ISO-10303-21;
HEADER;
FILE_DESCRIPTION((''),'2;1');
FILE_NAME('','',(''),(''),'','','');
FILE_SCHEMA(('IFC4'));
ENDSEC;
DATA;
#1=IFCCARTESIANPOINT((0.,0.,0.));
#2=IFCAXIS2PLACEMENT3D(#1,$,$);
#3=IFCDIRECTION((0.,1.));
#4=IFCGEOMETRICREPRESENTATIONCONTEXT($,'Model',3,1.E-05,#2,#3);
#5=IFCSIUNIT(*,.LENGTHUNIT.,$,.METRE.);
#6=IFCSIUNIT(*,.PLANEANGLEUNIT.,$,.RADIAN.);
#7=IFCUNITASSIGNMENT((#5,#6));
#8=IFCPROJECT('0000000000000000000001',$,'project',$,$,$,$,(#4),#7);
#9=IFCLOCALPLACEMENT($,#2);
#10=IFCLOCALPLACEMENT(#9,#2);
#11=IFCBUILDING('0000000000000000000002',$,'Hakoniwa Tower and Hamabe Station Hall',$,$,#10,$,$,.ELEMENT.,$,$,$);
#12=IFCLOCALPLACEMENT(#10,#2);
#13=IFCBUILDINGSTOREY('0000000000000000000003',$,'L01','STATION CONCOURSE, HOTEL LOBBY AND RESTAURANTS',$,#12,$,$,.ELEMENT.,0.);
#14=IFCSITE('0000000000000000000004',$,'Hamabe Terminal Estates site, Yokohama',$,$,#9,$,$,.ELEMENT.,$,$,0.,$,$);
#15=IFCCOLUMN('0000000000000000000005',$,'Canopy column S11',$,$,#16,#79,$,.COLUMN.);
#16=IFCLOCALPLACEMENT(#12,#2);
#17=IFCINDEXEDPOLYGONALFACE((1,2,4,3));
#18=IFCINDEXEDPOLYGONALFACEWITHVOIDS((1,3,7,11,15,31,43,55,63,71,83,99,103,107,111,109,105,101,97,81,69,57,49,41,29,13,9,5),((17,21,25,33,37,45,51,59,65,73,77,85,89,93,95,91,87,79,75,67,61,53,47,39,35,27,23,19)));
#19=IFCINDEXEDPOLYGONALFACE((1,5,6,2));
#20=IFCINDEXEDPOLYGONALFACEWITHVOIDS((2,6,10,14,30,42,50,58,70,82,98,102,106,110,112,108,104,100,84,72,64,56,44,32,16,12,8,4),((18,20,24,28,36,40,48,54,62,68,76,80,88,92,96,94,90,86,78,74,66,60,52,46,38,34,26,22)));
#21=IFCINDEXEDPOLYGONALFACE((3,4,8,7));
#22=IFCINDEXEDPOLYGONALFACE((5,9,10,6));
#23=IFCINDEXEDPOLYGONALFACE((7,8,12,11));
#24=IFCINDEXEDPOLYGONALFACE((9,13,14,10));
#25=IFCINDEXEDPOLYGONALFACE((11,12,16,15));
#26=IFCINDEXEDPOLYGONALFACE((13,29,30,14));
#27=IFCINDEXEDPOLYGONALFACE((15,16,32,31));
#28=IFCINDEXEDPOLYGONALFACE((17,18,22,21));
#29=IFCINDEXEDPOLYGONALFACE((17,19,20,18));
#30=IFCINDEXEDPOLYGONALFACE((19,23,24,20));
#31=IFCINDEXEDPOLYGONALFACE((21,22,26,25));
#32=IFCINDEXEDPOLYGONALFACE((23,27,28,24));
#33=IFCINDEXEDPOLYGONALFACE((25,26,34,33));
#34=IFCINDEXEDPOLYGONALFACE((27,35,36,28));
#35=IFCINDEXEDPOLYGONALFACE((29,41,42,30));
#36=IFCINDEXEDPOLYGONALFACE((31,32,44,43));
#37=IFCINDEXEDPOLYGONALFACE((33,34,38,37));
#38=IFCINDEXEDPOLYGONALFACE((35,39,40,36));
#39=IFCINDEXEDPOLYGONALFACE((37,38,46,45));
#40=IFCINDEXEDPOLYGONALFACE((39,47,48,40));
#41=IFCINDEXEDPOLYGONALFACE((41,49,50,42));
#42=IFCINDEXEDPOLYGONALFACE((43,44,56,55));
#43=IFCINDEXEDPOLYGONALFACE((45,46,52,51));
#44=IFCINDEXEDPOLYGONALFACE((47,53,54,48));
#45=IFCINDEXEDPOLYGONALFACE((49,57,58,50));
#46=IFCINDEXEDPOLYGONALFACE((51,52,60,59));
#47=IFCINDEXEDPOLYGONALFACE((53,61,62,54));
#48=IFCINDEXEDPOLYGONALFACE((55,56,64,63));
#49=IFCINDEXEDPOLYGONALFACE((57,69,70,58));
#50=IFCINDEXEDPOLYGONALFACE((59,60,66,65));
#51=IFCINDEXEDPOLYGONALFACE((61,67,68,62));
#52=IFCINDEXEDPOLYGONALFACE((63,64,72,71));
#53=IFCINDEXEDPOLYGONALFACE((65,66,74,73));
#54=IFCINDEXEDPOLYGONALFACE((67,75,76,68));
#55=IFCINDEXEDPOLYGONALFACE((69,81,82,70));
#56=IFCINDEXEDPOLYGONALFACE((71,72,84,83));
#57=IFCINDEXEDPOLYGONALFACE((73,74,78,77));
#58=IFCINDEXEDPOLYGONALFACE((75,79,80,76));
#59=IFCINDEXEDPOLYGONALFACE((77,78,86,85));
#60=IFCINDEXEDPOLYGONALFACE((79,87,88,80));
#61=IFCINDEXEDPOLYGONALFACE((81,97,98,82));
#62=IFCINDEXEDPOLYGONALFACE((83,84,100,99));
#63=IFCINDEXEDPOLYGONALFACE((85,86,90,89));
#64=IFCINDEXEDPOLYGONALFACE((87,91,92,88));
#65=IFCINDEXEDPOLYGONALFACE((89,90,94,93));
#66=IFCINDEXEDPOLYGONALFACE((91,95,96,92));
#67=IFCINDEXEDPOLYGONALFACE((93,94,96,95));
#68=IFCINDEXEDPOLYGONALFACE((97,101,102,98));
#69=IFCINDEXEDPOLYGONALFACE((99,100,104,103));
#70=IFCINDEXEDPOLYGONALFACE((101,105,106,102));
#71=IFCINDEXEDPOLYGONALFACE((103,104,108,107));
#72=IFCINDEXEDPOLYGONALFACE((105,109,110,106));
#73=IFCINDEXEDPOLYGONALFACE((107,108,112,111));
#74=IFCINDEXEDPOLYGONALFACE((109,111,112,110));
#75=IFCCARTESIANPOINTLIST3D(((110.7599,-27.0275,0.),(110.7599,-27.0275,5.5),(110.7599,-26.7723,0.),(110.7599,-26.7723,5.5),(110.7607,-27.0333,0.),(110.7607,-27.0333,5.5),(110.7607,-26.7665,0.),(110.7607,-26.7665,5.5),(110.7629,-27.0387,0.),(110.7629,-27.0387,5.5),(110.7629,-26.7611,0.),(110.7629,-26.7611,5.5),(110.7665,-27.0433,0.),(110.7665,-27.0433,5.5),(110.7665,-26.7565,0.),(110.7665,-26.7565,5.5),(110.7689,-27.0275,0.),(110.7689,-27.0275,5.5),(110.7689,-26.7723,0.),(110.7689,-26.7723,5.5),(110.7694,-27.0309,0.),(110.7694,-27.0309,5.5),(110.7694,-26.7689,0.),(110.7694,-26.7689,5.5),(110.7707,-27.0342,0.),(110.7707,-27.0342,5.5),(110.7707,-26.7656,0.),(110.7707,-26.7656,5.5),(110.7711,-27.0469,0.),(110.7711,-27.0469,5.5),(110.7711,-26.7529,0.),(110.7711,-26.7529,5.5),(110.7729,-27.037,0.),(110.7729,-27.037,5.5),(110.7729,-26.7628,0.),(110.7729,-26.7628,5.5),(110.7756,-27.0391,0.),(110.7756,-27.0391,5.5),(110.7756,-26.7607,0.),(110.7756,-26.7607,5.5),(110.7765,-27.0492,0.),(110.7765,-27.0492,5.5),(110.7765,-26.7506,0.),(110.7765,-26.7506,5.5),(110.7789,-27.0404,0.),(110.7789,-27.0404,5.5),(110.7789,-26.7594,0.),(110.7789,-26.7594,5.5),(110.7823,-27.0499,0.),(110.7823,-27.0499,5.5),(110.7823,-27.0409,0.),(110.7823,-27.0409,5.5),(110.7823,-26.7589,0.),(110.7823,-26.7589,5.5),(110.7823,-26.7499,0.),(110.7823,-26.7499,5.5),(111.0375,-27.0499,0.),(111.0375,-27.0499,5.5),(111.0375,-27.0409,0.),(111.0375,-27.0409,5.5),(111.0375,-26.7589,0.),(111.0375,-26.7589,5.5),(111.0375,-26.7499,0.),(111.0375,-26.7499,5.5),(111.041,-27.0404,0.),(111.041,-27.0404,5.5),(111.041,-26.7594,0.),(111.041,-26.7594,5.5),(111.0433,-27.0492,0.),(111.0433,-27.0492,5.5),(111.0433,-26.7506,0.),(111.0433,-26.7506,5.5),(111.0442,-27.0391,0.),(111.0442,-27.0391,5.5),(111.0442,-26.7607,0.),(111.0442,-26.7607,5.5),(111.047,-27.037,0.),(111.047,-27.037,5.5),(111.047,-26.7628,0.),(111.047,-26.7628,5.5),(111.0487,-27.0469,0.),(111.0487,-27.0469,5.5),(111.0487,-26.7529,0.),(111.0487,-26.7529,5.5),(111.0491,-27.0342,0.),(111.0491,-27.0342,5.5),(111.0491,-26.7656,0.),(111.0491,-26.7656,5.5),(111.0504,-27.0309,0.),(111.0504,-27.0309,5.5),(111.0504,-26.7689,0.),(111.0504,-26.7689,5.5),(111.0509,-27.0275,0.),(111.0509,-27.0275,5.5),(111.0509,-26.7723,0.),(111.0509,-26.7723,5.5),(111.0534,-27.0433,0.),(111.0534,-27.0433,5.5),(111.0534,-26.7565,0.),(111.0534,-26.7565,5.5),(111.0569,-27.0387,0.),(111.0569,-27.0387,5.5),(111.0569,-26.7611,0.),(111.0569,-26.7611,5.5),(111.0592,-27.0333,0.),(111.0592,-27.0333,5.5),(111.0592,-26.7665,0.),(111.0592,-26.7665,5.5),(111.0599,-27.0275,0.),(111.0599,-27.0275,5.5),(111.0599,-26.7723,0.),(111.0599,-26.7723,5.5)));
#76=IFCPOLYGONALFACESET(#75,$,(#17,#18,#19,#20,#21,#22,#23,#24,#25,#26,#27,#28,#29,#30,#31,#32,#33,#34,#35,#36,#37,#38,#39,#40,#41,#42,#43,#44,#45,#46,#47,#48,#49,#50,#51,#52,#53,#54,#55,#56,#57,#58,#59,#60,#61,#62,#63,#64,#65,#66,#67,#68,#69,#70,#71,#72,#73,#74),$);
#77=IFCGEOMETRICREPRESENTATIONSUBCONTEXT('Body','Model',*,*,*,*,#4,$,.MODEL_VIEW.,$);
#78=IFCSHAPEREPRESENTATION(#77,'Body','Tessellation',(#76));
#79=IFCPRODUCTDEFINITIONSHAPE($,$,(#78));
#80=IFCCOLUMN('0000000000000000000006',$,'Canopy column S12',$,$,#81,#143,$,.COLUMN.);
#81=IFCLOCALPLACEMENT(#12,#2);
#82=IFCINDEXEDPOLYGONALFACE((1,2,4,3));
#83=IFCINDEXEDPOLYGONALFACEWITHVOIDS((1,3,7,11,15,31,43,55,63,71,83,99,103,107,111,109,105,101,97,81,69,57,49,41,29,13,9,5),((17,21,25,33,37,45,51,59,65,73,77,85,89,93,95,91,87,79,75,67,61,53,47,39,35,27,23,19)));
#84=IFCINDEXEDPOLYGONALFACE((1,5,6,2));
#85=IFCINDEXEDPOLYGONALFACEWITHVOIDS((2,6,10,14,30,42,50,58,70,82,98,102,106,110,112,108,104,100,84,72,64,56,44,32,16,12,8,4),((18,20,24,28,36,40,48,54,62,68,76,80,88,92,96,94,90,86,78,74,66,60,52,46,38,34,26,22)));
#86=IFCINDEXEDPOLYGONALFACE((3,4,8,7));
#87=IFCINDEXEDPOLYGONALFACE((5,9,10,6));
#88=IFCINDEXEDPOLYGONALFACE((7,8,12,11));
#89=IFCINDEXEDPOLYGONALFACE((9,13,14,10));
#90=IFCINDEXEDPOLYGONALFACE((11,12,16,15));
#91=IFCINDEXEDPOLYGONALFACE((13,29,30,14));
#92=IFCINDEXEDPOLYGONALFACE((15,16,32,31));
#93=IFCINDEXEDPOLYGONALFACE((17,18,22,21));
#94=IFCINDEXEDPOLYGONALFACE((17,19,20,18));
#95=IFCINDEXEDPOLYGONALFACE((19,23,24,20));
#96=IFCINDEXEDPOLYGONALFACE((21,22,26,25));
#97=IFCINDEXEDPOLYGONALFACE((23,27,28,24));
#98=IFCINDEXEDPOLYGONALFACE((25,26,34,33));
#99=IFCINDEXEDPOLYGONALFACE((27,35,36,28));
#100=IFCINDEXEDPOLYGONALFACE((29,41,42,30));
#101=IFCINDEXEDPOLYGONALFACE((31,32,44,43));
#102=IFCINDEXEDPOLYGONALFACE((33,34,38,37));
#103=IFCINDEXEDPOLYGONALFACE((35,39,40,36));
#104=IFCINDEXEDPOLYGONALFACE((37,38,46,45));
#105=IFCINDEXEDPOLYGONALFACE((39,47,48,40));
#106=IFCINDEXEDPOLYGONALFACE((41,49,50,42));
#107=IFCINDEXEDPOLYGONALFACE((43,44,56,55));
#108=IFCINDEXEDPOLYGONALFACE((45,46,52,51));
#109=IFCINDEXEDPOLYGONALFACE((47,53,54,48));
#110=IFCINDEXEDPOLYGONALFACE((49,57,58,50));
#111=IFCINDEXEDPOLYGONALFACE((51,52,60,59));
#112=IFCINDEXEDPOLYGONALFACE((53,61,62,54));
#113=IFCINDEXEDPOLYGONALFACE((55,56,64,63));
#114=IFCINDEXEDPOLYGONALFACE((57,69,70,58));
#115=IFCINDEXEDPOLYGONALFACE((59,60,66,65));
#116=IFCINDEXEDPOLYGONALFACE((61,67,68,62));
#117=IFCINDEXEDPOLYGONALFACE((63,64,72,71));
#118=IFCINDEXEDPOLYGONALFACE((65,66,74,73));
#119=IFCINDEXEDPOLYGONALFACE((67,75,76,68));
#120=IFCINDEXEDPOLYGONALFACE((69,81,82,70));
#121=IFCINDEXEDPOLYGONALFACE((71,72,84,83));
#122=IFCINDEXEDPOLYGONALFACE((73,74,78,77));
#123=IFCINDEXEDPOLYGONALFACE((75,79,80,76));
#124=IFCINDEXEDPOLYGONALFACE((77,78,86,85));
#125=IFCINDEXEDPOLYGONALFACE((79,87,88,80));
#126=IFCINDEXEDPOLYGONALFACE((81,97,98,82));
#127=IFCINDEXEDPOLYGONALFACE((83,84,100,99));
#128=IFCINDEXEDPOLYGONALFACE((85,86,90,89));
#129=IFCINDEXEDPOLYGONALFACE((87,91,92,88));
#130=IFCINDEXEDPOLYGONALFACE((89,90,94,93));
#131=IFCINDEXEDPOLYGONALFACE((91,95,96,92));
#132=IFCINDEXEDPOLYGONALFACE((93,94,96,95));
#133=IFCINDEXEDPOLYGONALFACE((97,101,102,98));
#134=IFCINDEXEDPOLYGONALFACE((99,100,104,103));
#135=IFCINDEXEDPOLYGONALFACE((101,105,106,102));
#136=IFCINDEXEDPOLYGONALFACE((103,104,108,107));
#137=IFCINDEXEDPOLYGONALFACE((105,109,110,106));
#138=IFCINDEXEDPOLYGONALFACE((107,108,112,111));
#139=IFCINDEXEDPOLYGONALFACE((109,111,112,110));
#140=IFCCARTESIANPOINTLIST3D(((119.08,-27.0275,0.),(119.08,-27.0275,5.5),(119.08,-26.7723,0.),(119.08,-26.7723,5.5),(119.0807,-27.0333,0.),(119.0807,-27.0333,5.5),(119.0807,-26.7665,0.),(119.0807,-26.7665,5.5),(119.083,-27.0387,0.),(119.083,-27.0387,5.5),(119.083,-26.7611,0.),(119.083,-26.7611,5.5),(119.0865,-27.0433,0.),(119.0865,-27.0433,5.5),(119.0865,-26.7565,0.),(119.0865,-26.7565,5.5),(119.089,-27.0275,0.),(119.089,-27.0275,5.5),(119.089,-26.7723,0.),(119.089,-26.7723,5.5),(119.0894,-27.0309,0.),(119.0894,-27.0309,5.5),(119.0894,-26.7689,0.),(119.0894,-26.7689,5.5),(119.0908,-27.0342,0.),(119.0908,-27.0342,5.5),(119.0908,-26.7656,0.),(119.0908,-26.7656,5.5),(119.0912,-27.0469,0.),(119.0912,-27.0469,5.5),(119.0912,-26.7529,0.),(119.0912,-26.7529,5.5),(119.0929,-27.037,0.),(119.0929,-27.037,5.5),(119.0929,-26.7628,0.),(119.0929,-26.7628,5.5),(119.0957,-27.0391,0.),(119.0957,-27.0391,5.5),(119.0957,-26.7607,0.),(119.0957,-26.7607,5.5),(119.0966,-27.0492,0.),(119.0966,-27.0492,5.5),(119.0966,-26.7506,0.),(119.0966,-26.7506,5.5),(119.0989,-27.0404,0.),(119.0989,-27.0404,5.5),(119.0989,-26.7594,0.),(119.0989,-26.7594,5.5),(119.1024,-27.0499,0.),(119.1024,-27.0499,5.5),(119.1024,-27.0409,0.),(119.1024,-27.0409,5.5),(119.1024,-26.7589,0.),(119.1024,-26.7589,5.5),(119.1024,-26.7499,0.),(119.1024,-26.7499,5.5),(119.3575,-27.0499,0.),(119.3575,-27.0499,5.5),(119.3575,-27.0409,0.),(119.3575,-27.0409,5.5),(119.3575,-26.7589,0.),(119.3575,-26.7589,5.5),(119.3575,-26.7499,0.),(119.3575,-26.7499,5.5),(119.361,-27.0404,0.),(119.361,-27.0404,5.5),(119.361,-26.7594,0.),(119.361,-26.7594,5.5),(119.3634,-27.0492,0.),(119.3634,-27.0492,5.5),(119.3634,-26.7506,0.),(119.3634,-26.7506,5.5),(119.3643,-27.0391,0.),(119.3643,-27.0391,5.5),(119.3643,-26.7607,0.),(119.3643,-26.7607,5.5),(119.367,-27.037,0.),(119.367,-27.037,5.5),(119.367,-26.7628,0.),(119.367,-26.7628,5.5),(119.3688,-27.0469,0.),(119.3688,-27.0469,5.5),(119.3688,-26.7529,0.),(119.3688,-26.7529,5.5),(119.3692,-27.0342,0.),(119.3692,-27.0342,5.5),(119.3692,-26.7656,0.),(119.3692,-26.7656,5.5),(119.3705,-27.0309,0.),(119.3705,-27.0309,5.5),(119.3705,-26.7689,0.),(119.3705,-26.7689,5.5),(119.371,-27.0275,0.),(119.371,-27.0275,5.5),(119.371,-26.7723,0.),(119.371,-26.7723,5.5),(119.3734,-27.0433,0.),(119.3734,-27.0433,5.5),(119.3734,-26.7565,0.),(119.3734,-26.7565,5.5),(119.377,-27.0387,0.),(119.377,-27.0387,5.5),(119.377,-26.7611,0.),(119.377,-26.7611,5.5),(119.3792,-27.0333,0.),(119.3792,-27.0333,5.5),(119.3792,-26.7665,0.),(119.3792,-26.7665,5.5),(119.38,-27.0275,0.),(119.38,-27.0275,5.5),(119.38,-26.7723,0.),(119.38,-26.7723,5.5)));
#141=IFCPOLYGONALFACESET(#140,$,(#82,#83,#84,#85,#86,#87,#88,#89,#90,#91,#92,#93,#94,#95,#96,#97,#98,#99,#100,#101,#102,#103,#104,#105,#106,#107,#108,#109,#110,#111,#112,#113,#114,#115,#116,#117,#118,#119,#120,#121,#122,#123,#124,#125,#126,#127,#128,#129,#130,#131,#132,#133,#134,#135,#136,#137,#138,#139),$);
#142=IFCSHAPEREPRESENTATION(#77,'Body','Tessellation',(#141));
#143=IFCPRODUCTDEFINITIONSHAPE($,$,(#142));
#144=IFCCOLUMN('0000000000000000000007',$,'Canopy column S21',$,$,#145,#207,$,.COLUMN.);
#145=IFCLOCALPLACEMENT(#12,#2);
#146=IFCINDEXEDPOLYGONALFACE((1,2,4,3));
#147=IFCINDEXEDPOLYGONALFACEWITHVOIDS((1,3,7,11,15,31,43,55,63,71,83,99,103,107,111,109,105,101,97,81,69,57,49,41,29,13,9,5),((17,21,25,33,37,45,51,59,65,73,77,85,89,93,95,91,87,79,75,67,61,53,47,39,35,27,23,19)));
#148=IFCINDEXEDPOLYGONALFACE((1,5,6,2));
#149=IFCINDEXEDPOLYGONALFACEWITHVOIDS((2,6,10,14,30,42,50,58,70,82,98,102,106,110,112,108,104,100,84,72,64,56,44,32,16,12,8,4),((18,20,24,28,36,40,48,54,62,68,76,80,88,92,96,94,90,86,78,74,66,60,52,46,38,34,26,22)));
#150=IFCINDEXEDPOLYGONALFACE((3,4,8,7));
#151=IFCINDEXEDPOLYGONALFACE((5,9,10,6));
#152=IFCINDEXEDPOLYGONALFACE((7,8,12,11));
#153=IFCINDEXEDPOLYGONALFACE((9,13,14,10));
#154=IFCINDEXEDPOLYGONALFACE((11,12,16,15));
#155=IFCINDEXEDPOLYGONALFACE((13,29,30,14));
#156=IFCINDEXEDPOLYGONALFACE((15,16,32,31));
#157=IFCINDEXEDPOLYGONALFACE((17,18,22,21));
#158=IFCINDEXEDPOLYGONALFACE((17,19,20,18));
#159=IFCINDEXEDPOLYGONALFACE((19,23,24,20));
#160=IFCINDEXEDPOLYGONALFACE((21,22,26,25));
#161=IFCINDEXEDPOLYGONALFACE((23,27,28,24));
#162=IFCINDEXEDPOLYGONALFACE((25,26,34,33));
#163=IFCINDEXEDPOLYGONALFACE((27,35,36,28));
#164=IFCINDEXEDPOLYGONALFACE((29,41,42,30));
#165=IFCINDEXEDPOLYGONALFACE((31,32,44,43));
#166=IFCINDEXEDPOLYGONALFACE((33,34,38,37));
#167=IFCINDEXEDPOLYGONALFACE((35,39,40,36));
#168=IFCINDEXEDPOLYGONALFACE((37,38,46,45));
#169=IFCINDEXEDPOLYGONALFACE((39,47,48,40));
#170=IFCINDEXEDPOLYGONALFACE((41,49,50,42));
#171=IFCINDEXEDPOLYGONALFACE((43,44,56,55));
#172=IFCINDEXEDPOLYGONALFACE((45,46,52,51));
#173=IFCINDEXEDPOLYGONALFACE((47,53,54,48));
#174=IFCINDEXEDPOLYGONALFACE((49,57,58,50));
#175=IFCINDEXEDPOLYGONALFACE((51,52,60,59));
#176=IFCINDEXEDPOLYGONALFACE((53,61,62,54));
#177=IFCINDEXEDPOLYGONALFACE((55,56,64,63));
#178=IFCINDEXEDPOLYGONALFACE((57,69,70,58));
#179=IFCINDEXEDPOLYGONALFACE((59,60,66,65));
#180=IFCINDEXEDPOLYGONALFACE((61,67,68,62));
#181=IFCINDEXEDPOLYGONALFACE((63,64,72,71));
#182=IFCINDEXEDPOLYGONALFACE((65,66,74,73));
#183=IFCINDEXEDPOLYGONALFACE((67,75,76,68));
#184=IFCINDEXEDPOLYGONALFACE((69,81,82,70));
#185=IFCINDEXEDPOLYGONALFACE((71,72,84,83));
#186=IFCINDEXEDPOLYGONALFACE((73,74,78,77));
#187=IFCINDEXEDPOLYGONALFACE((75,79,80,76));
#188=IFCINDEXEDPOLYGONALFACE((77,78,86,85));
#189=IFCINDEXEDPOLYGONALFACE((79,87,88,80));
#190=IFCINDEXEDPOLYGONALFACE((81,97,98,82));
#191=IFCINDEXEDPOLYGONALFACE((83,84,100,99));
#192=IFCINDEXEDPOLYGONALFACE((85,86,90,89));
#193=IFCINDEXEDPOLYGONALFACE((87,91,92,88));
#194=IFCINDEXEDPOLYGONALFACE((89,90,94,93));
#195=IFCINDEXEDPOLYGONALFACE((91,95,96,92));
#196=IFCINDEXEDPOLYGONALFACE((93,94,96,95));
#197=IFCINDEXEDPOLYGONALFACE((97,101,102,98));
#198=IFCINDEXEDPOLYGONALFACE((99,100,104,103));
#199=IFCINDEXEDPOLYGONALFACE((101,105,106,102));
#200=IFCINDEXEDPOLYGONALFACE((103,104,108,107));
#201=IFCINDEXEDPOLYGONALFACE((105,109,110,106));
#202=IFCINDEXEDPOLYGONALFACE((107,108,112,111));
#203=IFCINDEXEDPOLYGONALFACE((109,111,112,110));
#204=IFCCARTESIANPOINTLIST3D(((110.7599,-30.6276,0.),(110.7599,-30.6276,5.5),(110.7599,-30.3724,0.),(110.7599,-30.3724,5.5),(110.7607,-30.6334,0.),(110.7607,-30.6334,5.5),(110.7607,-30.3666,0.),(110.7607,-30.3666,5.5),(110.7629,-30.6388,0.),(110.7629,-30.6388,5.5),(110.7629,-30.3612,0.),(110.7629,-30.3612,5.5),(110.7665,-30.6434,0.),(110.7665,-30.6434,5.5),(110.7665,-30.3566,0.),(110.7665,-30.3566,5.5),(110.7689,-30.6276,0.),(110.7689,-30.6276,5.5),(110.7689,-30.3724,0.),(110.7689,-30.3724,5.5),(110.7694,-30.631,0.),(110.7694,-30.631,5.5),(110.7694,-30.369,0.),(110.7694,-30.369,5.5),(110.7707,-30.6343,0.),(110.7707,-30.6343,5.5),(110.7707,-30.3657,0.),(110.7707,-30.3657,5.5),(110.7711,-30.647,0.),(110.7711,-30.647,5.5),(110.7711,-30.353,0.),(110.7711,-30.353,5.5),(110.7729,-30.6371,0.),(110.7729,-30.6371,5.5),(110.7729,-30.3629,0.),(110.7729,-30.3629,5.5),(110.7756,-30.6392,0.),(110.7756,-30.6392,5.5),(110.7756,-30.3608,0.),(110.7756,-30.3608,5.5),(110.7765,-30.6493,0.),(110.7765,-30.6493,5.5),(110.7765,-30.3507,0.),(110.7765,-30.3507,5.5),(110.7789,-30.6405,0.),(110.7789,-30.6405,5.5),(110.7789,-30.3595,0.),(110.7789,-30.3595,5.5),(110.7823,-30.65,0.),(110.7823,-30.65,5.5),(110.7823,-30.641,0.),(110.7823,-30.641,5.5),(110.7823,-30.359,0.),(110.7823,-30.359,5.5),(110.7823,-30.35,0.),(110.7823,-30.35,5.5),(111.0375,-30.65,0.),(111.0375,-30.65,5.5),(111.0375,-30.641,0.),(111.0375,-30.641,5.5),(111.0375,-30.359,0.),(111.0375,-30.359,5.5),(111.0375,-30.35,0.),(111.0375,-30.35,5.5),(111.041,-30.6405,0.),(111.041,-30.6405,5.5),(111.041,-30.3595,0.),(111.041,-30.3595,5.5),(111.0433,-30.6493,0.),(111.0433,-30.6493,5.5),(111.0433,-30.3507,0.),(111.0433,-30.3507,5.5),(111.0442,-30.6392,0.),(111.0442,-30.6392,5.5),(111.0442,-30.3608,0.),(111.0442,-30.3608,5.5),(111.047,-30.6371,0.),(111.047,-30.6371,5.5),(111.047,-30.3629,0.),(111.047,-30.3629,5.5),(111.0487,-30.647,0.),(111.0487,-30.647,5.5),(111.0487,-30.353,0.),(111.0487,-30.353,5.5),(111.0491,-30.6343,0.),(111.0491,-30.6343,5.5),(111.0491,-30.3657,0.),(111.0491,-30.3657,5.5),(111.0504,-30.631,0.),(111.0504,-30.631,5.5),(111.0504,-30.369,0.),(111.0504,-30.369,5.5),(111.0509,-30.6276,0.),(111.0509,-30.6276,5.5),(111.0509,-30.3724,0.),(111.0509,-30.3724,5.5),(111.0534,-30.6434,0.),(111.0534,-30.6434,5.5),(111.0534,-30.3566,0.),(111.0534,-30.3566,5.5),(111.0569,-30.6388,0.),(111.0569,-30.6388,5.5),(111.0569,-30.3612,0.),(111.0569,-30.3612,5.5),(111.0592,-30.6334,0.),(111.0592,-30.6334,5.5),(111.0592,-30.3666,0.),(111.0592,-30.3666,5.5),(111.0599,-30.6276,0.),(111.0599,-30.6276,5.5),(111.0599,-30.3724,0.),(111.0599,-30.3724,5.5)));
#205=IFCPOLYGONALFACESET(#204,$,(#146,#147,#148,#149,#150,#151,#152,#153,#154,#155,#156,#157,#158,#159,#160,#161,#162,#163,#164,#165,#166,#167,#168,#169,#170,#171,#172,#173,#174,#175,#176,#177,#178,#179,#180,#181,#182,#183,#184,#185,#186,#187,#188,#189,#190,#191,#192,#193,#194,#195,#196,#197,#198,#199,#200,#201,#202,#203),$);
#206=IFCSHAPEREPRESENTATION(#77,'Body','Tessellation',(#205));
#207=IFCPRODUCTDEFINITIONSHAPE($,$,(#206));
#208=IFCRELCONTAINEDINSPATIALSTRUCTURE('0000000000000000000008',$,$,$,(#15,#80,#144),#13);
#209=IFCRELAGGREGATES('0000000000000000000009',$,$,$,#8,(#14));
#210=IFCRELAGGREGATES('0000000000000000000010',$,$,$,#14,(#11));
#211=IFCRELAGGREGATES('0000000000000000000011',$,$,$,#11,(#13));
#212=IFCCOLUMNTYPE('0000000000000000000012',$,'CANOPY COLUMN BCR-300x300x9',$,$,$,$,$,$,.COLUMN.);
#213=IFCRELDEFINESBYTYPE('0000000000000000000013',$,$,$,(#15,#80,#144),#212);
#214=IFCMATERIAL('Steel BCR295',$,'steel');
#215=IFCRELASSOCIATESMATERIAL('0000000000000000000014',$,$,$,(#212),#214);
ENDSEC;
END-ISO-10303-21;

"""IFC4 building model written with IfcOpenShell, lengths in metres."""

from ifc_helpers import new_model, si_unit, direction, frame, origin, origin_2d, place, context, subcontext, project, spatial, hollow_rectangle, extrude, material, material_profile, profile_set, type_object, element, save


model = new_model("IFC4")

# Units and contexts
model_context = context("Model", 3, precision=1e-05, world=origin(), true_north=direction((0.0, 1.0)))
body_context = subcontext(model_context, "Body", "Model", "MODEL_VIEW")
ifc_project = project(units=[si_unit("LENGTHUNIT", "METRE"), si_unit("PLANEANGLEUNIT", "RADIAN")], contexts=[model_context])

# Site, building, storey
site_placement = place(None, origin())
site = spatial("IfcSite", under=ifc_project, at=site_placement, Name="Hamabe Terminal Estates site, Yokohama", CompositionType="ELEMENT", RefElevation=0.0)
building_placement = place(site_placement, origin())
building = spatial("IfcBuilding", under=site, at=building_placement, Name="Hakoniwa Tower and Hamabe Station Hall", CompositionType="ELEMENT")
storey_placement = place(building_placement, origin())
storey = spatial("IfcBuildingStorey", under=building, at=storey_placement, Name="L01", Description="STATION CONCOURSE, HOTEL LOBBY AND RESTAURANTS", CompositionType="ELEMENT", Elevation=0.0)

# Columns
ifc_material_1 = material(Name="Steel BCR295", Category="steel")
ifc_material_profile_1 = material_profile(ifc_material_1, hollow_rectangle(XDim=0.3, YDim=0.3, WallThickness=0.009, InnerFilletRadius=0.0134, OuterFilletRadius=0.0225, at=origin_2d()), Name="BCR-300x300x9")
ifc_profile_set_1 = profile_set([ifc_material_profile_1], Name="Steel BCR295")
column_type = type_object("IfcColumnType", Name="CANOPY COLUMN BCR-300x300x9", PredefinedType="COLUMN", material=ifc_profile_set_1)
for number, where, z_axis, x_axis, name in (
    (1, (110.9099, -26.8999, 0.0), (0.0, 0.0, 1.0), (1.0, 0.0, 0.0), "Canopy column S11"),
    (2, (119.23, -26.8999, 0.0), (0.0, 0.0, 1.0), (1.0, 0.0, 0.0), "Canopy column S12"),
    (3, (110.9099, -30.5, 0.0), (0.0, 0.0, 1.0), (1.0, 0.0, 0.0), "Canopy column S21"),
):
    element("IfcColumn", number, at=place(storey_placement, frame(where, z_axis=z_axis, x_axis=x_axis)), inside=storey, type_object=column_type, Name=name, PredefinedType="COLUMN", context=body_context, shape_type="SweptSolid", body=[
        extrude(hollow_rectangle(XDim=0.3, YDim=0.3, WallThickness=0.009, InnerFilletRadius=0.0134, OuterFilletRadius=0.0225, at=origin_2d()), origin(), (0.0, 0.0, 1.0), 5.5),
    ])

save(model, "model.ifc")
